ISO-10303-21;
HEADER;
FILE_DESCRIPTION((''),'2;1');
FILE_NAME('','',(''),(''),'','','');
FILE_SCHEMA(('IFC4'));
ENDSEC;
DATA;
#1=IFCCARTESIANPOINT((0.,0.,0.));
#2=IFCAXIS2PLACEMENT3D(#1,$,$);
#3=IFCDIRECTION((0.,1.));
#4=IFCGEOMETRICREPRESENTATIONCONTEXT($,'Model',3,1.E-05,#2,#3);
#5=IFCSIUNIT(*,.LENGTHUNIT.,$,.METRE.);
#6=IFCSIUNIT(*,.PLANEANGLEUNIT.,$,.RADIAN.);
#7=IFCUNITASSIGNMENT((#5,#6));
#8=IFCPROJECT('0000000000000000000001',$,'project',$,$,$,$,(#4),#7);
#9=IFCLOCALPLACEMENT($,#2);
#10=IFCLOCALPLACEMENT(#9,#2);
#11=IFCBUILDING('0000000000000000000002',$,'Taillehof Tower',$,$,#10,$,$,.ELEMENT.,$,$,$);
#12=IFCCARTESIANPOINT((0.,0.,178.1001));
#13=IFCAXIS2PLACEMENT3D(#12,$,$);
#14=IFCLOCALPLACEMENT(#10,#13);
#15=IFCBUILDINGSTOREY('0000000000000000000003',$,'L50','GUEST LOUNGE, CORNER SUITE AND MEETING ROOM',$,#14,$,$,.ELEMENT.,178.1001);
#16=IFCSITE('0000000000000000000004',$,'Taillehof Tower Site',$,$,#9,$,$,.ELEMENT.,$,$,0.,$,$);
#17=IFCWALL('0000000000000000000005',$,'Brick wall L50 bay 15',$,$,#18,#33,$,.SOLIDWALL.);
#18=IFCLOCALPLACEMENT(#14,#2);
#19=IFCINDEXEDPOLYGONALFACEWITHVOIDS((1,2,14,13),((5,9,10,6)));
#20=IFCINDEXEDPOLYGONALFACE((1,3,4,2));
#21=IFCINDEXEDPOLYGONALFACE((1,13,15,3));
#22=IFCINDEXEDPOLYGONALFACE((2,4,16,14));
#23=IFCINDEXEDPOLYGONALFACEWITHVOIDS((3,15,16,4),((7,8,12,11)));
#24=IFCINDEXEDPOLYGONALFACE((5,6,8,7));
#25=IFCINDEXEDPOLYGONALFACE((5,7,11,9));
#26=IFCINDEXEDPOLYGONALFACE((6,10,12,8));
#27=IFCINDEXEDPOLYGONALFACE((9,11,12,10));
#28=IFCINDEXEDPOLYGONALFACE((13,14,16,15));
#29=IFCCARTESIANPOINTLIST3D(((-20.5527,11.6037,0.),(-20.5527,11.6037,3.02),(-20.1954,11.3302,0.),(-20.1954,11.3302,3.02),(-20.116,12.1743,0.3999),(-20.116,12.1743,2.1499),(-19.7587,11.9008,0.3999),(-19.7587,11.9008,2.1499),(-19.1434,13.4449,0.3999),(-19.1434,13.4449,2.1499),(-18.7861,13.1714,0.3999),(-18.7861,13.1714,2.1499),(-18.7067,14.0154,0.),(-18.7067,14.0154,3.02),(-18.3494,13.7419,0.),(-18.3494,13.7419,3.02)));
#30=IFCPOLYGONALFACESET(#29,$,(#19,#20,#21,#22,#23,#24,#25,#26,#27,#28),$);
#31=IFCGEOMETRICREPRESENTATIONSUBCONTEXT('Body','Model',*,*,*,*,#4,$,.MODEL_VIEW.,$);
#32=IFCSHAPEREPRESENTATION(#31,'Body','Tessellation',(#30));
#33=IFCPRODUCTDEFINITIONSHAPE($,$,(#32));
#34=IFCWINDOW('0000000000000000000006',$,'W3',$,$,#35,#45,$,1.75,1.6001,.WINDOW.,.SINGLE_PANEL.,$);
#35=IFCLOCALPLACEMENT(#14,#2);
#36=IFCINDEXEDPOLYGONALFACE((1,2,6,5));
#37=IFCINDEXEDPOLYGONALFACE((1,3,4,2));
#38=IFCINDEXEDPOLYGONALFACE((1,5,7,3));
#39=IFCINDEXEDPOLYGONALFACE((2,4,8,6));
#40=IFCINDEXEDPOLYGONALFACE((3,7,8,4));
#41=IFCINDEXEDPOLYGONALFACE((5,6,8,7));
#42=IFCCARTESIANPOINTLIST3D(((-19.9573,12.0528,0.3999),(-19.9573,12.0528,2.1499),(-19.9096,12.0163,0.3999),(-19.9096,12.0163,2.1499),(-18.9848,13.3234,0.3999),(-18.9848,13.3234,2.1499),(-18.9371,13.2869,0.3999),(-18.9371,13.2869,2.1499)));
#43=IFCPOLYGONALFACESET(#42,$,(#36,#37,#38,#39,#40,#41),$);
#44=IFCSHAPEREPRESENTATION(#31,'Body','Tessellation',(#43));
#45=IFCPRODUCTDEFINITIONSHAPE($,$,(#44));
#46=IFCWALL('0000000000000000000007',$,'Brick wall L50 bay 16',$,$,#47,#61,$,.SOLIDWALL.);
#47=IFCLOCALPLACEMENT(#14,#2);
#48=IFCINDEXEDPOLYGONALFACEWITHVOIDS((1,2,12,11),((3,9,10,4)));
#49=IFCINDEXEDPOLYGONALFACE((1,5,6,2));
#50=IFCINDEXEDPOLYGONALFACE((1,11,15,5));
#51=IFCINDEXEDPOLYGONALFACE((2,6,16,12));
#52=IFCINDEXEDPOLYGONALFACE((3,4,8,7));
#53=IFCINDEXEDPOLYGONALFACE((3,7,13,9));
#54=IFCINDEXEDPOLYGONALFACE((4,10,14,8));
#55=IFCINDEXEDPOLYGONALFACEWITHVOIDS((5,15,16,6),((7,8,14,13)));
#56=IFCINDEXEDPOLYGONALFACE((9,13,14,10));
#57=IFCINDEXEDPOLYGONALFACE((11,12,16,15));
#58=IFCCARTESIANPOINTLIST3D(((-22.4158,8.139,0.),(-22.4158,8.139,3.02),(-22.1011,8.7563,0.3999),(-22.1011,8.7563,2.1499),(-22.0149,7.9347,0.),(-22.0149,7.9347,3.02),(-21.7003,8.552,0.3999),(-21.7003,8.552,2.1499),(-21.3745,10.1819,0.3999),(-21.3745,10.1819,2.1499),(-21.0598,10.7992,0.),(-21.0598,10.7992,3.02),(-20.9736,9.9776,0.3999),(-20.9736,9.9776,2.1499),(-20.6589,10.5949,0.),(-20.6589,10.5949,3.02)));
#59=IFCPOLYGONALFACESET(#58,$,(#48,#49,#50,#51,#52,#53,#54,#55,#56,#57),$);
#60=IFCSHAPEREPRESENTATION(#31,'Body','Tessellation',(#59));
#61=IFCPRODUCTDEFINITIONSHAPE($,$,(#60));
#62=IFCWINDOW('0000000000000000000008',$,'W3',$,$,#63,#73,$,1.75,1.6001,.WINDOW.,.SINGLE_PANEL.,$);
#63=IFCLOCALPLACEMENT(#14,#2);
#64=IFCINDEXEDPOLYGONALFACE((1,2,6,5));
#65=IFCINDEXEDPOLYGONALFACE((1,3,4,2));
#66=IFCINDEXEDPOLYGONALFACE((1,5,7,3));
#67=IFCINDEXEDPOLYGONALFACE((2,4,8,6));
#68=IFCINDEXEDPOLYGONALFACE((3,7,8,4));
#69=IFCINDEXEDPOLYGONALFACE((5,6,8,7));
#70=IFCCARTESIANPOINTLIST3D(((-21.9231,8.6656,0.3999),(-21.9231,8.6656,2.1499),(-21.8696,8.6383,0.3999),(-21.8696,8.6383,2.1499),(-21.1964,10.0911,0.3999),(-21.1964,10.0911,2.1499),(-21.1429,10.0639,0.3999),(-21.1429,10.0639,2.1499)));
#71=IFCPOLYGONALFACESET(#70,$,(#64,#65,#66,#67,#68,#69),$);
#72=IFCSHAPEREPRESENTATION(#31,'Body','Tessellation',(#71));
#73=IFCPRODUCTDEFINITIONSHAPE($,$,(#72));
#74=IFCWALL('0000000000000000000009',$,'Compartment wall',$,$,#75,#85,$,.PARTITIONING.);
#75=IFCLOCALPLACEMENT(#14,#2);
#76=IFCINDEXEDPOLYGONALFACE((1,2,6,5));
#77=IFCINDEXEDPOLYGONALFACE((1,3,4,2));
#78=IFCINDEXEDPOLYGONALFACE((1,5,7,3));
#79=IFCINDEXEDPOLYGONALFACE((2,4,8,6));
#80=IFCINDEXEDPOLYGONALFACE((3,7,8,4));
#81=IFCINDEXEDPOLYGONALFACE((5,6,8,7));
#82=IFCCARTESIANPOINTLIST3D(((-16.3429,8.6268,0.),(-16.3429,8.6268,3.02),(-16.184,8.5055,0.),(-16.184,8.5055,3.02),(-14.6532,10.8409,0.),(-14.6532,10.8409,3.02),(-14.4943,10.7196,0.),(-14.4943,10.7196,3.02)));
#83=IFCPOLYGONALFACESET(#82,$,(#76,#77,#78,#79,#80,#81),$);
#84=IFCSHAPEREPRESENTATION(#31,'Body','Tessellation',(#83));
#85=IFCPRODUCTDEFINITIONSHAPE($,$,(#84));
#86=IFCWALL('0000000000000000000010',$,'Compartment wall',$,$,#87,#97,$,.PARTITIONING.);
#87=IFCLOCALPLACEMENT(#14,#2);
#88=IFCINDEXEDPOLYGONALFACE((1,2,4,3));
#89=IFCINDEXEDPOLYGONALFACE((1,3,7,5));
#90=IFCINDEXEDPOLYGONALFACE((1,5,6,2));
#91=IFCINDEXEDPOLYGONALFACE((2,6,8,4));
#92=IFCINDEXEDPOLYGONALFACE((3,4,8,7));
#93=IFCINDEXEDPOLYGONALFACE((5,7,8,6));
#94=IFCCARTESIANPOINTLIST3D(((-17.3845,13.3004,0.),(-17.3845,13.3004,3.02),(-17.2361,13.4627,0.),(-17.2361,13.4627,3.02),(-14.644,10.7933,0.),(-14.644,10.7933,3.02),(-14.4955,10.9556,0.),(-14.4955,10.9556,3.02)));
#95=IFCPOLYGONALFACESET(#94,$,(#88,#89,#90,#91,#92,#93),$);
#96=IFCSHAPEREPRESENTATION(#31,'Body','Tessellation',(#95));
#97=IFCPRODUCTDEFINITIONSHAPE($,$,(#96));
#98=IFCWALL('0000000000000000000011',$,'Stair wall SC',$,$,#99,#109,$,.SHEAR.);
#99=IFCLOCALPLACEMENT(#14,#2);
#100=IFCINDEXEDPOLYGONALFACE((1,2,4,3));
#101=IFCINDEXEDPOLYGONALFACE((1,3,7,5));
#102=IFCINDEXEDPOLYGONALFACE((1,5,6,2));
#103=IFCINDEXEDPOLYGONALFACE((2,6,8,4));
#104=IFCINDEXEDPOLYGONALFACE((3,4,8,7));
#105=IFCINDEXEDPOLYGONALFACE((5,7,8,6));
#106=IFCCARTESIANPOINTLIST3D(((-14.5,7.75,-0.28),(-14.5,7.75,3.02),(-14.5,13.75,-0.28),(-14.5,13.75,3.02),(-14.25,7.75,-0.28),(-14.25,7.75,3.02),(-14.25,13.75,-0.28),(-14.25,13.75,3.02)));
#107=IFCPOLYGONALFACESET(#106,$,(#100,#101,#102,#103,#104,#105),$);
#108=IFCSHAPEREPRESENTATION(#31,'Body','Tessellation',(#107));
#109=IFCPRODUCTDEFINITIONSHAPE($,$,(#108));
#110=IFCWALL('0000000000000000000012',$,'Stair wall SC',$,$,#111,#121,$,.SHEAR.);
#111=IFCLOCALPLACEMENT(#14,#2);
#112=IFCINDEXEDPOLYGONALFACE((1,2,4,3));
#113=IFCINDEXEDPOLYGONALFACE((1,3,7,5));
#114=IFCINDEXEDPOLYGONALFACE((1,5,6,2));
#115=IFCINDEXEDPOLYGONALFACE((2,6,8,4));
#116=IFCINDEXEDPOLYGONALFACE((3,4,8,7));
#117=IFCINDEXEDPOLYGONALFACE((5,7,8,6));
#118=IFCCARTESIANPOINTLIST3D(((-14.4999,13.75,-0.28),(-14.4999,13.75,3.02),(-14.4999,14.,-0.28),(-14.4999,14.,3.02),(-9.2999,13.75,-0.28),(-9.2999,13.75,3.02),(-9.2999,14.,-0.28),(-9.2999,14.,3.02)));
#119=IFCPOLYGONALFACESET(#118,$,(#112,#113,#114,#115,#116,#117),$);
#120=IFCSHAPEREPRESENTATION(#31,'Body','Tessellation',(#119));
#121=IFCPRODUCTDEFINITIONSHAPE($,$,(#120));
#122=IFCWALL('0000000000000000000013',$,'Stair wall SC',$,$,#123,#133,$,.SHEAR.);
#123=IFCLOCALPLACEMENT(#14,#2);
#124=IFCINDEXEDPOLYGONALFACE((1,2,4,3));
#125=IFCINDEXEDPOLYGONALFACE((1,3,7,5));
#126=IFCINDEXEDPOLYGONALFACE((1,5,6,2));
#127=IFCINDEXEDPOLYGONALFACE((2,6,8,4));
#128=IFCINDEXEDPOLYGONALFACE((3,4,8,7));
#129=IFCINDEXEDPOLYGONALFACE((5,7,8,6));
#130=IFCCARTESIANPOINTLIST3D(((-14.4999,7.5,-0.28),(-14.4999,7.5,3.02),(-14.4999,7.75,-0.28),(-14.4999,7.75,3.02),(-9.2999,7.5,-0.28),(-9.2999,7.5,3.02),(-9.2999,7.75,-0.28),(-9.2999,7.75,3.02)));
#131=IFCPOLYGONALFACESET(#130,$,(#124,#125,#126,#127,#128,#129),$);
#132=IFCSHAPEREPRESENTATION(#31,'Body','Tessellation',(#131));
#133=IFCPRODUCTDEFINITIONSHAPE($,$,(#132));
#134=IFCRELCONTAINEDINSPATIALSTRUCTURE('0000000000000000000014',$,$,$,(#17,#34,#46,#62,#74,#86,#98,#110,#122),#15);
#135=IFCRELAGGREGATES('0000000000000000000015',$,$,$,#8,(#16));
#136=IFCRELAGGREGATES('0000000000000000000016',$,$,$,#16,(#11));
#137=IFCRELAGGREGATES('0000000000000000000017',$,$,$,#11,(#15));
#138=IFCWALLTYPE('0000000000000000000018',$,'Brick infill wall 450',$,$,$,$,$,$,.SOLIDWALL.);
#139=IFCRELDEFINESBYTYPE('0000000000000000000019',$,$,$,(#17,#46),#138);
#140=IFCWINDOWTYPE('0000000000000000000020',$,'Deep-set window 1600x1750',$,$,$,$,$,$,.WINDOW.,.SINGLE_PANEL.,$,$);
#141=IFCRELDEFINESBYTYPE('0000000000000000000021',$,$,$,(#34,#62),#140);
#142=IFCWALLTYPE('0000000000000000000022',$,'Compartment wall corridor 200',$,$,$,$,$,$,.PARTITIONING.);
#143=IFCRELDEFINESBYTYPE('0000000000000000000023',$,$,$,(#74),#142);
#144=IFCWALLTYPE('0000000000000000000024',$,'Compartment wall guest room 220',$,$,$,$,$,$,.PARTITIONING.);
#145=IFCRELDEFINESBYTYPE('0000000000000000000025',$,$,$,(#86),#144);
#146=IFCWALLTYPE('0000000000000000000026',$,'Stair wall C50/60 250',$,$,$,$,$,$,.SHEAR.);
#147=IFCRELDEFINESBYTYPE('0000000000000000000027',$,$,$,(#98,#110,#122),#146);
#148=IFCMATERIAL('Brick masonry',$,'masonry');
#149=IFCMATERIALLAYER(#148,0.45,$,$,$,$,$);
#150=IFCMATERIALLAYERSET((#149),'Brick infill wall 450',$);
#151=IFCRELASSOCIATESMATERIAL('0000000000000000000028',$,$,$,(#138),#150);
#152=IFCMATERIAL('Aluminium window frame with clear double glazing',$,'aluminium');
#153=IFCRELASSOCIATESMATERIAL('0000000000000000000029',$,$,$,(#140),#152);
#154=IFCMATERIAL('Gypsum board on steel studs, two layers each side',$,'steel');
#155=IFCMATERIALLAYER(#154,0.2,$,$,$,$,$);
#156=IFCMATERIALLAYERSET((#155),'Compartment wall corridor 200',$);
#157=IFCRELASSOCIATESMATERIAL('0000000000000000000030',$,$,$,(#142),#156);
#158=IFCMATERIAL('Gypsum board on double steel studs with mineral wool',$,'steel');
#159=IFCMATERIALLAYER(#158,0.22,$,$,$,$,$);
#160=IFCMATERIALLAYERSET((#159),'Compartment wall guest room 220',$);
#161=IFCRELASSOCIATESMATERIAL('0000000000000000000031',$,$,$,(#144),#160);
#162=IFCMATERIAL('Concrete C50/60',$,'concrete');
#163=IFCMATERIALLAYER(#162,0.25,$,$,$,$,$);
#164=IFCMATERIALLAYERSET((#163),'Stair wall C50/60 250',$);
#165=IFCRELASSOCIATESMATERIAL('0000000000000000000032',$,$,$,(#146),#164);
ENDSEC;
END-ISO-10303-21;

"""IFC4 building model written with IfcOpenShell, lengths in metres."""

from ifc_helpers import new_model, si_unit, direction, frame, frame_2d, origin, place, context, subcontext, project, spatial, rectangle, extrude, material, layer, layer_set, type_object, element, fill, save


model = new_model("IFC4")

# Units and contexts
model_context = context("Model", 3, precision=1e-05, world=origin(), true_north=direction((0.0, 1.0)))
body_context = subcontext(model_context, "Body", "Model", "MODEL_VIEW")
ifc_project = project(units=[si_unit("LENGTHUNIT", "METRE"), si_unit("PLANEANGLEUNIT", "RADIAN")], contexts=[model_context])

# Site, building, storey
site_placement = place(None, origin())
site = spatial("IfcSite", under=ifc_project, at=site_placement, Name="Taillehof Tower Site", CompositionType="ELEMENT", RefElevation=0.0)
building_placement = place(site_placement, origin())
building = spatial("IfcBuilding", under=site, at=building_placement, Name="Taillehof Tower", CompositionType="ELEMENT")
storey_placement = place(building_placement, frame((0.0, 0.0, 178.1001)))
storey = spatial("IfcBuildingStorey", under=building, at=storey_placement, Name="L50", Description="GUEST LOUNGE, CORNER SUITE AND MEETING ROOM", CompositionType="ELEMENT", Elevation=178.1001)

# Walls, openings, windows
ifc_material_1 = material(Name="Brick masonry", Category="masonry")
ifc_layer_1 = layer(ifc_material_1, 0.45)
ifc_layer_set_1 = layer_set([ifc_layer_1], Name="Brick infill wall 450")
wall_type_1 = type_object("IfcWallType", Name="Brick infill wall 450", PredefinedType="SOLIDWALL", material=ifc_layer_set_1)
ifc_material_2 = material(Name="Aluminium window frame with clear double glazing", Category="aluminium")
window_type = type_object("IfcWindowType", Name="Deep-set window 1600x1750", PartitioningType="SINGLE_PANEL", PredefinedType="WINDOW", material=ifc_material_2)
wall_1_placement = place(storey_placement, frame((-18.5281, 13.8787, 0.0), z_axis=(0.0, 0.0, 1.0), x_axis=(-0.607817, -0.794077, 0.0)))
wall_1 = element("IfcWall", 1, at=wall_1_placement, inside=storey, type_object=wall_type_1, Name="Brick wall L50 bay 15", PredefinedType="SOLIDWALL", context=body_context, shape_type="SweptSolid", body=[
    extrude(rectangle(XDim=3.0371, YDim=0.45, at=frame_2d((1.5186, 0.0))), origin(), (0.0, 0.0, 1.0), 3.02),
])
opening_1_placement = place(wall_1_placement, frame((0.7185, 0.0, 0.3999)))
opening_1 = element("IfcOpeningElement", 2, at=opening_1_placement, cuts=wall_1, PredefinedType="OPENING", context=body_context, shape_type="SweptSolid", body=[
    extrude(rectangle(XDim=1.6001, YDim=1.75, at=frame_2d((0.8, 0.875))), frame((0.0, 0.2349, 0.0), z_axis=(0.0, -1.0, 0.0), x_axis=(1.0, 0.0, 0.0)), (0.0, 0.0, 1.0), 0.47),
])
window_1_placement = place(opening_1_placement, origin())
window_1 = element("IfcWindow", 3, at=window_1_placement, inside=storey, type_object=window_type, Name="W3", OverallHeight=1.75, OverallWidth=1.6001, PartitioningType="SINGLE_PANEL", PredefinedType="WINDOW", context=body_context, shape_type="SweptSolid", body=[
    extrude(rectangle(XDim=1.6001, YDim=1.75, at=frame_2d((0.8, 0.875))), frame((0.0, 0.0349, 0.0), z_axis=(0.0, -1.0, 0.0), x_axis=(1.0, 0.0, 0.0)), (0.0, 0.0, 1.0), 0.0601),
])
fill(opening_1, window_1)
wall_2_placement = place(storey_placement, frame((-20.8594, 10.697, 0.0), z_axis=(0.0, 0.0, 1.0), x_axis=(-0.454134, -0.890933, 0.0)))
wall_2 = element("IfcWall", 4, at=wall_2_placement, inside=storey, type_object=wall_type_1, Name="Brick wall L50 bay 16", PredefinedType="SOLIDWALL", context=body_context, shape_type="SweptSolid", body=[
    extrude(rectangle(XDim=2.9858, YDim=0.45, at=frame_2d((1.4929, 0.0))), origin(), (0.0, 0.0, 1.0), 3.02),
])
opening_2_placement = place(wall_2_placement, frame((0.6929, 0.0, 0.3999)))
opening_2 = element("IfcOpeningElement", 5, at=opening_2_placement, cuts=wall_2, PredefinedType="OPENING", context=body_context, shape_type="SweptSolid", body=[
    extrude(rectangle(XDim=1.6001, YDim=1.75, at=frame_2d((0.8, 0.875))), frame((0.0, 0.2349, 0.0), z_axis=(0.0, -1.0, 0.0), x_axis=(1.0, 0.0, 0.0)), (0.0, 0.0, 1.0), 0.47),
])
window_2_placement = place(opening_2_placement, origin())
window_2 = element("IfcWindow", 6, at=window_2_placement, inside=storey, type_object=window_type, Name="W3", OverallHeight=1.75, OverallWidth=1.6001, PartitioningType="SINGLE_PANEL", PredefinedType="WINDOW", context=body_context, shape_type="SweptSolid", body=[
    extrude(rectangle(XDim=1.6001, YDim=1.75, at=frame_2d((0.8, 0.875))), frame((0.0, 0.0349, 0.0), z_axis=(0.0, -1.0, 0.0), x_axis=(1.0, 0.0, 0.0)), (0.0, 0.0, 1.0), 0.0601),
])
fill(opening_2, window_2)

# Walls
ifc_material_3 = material(Name="Gypsum board on steel studs, two layers each side", Category="steel")
ifc_layer_2 = layer(ifc_material_3, 0.2)
ifc_layer_set_2 = layer_set([ifc_layer_2], Name="Compartment wall corridor 200")
wall_type_2 = type_object("IfcWallType", Name="Compartment wall corridor 200", PredefinedType="PARTITIONING", material=ifc_layer_set_2)
wall_3_placement = place(storey_placement, frame((-16.2634, 8.5662, 0.0), z_axis=(0.0, 0.0, 1.0), x_axis=(0.606669, 0.794955, 0.0)))
element("IfcWall", 7, at=wall_3_placement, inside=storey, type_object=wall_type_2, Name="Compartment wall", PredefinedType="PARTITIONING", context=body_context, shape_type="SweptSolid", body=[
    extrude(rectangle(XDim=2.7852, YDim=0.2, at=frame_2d((1.3926, 0.0))), origin(), (0.0, 0.0, 1.0), 3.02),
])
ifc_material_4 = material(Name="Gypsum board on double steel studs with mineral wool", Category="steel")
ifc_layer_3 = layer(ifc_material_4, 0.22)
ifc_layer_set_3 = layer_set([ifc_layer_3], Name="Compartment wall guest room 220")
wall_type_3 = type_object("IfcWallType", Name="Compartment wall guest room 220", PredefinedType="PARTITIONING", material=ifc_layer_set_3)
wall_4_placement = place(storey_placement, frame((-17.3103, 13.3816, 0.0), z_axis=(0.0, 0.0, 1.0), x_axis=(0.737828, -0.674989, 0.0)))
element("IfcWall", 8, at=wall_4_placement, inside=storey, type_object=wall_type_3, Name="Compartment wall", PredefinedType="PARTITIONING", context=body_context, shape_type="SweptSolid", body=[
    extrude(rectangle(XDim=3.7144, YDim=0.22, at=frame_2d((1.8572, 0.0))), origin(), (0.0, 0.0, 1.0), 3.02),
])
ifc_material_5 = material(Name="Concrete C50/60", Category="concrete")
ifc_layer_4 = layer(ifc_material_5, 0.25)
ifc_layer_set_4 = layer_set([ifc_layer_4], Name="Stair wall C50/60 250")
wall_type_4 = type_object("IfcWallType", Name="Stair wall C50/60 250", PredefinedType="SHEAR", material=ifc_layer_set_4)
wall_5_placement = place(storey_placement, frame((-14.375, 7.75, -0.28), z_axis=(0.0, 0.0, 1.0), x_axis=(0.0, 1.0, 0.0)))
element("IfcWall", 9, at=wall_5_placement, inside=storey, type_object=wall_type_4, Name="Stair wall SC", PredefinedType="SHEAR", context=body_context, shape_type="SweptSolid", body=[
    extrude(rectangle(XDim=6.0, YDim=0.25, at=frame_2d((3.0, 0.0))), origin(), (0.0, 0.0, 1.0), 3.3),
])
for number, where, z_axis, x_axis, name in (
    (10, (-14.5, 13.875, -0.28), (0.0, 0.0, 1.0), (1.0, 0.0, 0.0), "Stair wall SC"),
    (11, (-14.5, 7.625, -0.28), (0.0, 0.0, 1.0), (1.0, 0.0, 0.0), "Stair wall SC"),
):
    element("IfcWall", number, at=place(storey_placement, frame(where, z_axis=z_axis, x_axis=x_axis)), inside=storey, type_object=wall_type_4, Name=name, PredefinedType="SHEAR", context=body_context, shape_type="SweptSolid", body=[
        extrude(rectangle(XDim=5.2, YDim=0.25, at=frame_2d((2.6001, 0.0))), origin(), (0.0, 0.0, 1.0), 3.3),
    ])

save(model, "model.ifc")
